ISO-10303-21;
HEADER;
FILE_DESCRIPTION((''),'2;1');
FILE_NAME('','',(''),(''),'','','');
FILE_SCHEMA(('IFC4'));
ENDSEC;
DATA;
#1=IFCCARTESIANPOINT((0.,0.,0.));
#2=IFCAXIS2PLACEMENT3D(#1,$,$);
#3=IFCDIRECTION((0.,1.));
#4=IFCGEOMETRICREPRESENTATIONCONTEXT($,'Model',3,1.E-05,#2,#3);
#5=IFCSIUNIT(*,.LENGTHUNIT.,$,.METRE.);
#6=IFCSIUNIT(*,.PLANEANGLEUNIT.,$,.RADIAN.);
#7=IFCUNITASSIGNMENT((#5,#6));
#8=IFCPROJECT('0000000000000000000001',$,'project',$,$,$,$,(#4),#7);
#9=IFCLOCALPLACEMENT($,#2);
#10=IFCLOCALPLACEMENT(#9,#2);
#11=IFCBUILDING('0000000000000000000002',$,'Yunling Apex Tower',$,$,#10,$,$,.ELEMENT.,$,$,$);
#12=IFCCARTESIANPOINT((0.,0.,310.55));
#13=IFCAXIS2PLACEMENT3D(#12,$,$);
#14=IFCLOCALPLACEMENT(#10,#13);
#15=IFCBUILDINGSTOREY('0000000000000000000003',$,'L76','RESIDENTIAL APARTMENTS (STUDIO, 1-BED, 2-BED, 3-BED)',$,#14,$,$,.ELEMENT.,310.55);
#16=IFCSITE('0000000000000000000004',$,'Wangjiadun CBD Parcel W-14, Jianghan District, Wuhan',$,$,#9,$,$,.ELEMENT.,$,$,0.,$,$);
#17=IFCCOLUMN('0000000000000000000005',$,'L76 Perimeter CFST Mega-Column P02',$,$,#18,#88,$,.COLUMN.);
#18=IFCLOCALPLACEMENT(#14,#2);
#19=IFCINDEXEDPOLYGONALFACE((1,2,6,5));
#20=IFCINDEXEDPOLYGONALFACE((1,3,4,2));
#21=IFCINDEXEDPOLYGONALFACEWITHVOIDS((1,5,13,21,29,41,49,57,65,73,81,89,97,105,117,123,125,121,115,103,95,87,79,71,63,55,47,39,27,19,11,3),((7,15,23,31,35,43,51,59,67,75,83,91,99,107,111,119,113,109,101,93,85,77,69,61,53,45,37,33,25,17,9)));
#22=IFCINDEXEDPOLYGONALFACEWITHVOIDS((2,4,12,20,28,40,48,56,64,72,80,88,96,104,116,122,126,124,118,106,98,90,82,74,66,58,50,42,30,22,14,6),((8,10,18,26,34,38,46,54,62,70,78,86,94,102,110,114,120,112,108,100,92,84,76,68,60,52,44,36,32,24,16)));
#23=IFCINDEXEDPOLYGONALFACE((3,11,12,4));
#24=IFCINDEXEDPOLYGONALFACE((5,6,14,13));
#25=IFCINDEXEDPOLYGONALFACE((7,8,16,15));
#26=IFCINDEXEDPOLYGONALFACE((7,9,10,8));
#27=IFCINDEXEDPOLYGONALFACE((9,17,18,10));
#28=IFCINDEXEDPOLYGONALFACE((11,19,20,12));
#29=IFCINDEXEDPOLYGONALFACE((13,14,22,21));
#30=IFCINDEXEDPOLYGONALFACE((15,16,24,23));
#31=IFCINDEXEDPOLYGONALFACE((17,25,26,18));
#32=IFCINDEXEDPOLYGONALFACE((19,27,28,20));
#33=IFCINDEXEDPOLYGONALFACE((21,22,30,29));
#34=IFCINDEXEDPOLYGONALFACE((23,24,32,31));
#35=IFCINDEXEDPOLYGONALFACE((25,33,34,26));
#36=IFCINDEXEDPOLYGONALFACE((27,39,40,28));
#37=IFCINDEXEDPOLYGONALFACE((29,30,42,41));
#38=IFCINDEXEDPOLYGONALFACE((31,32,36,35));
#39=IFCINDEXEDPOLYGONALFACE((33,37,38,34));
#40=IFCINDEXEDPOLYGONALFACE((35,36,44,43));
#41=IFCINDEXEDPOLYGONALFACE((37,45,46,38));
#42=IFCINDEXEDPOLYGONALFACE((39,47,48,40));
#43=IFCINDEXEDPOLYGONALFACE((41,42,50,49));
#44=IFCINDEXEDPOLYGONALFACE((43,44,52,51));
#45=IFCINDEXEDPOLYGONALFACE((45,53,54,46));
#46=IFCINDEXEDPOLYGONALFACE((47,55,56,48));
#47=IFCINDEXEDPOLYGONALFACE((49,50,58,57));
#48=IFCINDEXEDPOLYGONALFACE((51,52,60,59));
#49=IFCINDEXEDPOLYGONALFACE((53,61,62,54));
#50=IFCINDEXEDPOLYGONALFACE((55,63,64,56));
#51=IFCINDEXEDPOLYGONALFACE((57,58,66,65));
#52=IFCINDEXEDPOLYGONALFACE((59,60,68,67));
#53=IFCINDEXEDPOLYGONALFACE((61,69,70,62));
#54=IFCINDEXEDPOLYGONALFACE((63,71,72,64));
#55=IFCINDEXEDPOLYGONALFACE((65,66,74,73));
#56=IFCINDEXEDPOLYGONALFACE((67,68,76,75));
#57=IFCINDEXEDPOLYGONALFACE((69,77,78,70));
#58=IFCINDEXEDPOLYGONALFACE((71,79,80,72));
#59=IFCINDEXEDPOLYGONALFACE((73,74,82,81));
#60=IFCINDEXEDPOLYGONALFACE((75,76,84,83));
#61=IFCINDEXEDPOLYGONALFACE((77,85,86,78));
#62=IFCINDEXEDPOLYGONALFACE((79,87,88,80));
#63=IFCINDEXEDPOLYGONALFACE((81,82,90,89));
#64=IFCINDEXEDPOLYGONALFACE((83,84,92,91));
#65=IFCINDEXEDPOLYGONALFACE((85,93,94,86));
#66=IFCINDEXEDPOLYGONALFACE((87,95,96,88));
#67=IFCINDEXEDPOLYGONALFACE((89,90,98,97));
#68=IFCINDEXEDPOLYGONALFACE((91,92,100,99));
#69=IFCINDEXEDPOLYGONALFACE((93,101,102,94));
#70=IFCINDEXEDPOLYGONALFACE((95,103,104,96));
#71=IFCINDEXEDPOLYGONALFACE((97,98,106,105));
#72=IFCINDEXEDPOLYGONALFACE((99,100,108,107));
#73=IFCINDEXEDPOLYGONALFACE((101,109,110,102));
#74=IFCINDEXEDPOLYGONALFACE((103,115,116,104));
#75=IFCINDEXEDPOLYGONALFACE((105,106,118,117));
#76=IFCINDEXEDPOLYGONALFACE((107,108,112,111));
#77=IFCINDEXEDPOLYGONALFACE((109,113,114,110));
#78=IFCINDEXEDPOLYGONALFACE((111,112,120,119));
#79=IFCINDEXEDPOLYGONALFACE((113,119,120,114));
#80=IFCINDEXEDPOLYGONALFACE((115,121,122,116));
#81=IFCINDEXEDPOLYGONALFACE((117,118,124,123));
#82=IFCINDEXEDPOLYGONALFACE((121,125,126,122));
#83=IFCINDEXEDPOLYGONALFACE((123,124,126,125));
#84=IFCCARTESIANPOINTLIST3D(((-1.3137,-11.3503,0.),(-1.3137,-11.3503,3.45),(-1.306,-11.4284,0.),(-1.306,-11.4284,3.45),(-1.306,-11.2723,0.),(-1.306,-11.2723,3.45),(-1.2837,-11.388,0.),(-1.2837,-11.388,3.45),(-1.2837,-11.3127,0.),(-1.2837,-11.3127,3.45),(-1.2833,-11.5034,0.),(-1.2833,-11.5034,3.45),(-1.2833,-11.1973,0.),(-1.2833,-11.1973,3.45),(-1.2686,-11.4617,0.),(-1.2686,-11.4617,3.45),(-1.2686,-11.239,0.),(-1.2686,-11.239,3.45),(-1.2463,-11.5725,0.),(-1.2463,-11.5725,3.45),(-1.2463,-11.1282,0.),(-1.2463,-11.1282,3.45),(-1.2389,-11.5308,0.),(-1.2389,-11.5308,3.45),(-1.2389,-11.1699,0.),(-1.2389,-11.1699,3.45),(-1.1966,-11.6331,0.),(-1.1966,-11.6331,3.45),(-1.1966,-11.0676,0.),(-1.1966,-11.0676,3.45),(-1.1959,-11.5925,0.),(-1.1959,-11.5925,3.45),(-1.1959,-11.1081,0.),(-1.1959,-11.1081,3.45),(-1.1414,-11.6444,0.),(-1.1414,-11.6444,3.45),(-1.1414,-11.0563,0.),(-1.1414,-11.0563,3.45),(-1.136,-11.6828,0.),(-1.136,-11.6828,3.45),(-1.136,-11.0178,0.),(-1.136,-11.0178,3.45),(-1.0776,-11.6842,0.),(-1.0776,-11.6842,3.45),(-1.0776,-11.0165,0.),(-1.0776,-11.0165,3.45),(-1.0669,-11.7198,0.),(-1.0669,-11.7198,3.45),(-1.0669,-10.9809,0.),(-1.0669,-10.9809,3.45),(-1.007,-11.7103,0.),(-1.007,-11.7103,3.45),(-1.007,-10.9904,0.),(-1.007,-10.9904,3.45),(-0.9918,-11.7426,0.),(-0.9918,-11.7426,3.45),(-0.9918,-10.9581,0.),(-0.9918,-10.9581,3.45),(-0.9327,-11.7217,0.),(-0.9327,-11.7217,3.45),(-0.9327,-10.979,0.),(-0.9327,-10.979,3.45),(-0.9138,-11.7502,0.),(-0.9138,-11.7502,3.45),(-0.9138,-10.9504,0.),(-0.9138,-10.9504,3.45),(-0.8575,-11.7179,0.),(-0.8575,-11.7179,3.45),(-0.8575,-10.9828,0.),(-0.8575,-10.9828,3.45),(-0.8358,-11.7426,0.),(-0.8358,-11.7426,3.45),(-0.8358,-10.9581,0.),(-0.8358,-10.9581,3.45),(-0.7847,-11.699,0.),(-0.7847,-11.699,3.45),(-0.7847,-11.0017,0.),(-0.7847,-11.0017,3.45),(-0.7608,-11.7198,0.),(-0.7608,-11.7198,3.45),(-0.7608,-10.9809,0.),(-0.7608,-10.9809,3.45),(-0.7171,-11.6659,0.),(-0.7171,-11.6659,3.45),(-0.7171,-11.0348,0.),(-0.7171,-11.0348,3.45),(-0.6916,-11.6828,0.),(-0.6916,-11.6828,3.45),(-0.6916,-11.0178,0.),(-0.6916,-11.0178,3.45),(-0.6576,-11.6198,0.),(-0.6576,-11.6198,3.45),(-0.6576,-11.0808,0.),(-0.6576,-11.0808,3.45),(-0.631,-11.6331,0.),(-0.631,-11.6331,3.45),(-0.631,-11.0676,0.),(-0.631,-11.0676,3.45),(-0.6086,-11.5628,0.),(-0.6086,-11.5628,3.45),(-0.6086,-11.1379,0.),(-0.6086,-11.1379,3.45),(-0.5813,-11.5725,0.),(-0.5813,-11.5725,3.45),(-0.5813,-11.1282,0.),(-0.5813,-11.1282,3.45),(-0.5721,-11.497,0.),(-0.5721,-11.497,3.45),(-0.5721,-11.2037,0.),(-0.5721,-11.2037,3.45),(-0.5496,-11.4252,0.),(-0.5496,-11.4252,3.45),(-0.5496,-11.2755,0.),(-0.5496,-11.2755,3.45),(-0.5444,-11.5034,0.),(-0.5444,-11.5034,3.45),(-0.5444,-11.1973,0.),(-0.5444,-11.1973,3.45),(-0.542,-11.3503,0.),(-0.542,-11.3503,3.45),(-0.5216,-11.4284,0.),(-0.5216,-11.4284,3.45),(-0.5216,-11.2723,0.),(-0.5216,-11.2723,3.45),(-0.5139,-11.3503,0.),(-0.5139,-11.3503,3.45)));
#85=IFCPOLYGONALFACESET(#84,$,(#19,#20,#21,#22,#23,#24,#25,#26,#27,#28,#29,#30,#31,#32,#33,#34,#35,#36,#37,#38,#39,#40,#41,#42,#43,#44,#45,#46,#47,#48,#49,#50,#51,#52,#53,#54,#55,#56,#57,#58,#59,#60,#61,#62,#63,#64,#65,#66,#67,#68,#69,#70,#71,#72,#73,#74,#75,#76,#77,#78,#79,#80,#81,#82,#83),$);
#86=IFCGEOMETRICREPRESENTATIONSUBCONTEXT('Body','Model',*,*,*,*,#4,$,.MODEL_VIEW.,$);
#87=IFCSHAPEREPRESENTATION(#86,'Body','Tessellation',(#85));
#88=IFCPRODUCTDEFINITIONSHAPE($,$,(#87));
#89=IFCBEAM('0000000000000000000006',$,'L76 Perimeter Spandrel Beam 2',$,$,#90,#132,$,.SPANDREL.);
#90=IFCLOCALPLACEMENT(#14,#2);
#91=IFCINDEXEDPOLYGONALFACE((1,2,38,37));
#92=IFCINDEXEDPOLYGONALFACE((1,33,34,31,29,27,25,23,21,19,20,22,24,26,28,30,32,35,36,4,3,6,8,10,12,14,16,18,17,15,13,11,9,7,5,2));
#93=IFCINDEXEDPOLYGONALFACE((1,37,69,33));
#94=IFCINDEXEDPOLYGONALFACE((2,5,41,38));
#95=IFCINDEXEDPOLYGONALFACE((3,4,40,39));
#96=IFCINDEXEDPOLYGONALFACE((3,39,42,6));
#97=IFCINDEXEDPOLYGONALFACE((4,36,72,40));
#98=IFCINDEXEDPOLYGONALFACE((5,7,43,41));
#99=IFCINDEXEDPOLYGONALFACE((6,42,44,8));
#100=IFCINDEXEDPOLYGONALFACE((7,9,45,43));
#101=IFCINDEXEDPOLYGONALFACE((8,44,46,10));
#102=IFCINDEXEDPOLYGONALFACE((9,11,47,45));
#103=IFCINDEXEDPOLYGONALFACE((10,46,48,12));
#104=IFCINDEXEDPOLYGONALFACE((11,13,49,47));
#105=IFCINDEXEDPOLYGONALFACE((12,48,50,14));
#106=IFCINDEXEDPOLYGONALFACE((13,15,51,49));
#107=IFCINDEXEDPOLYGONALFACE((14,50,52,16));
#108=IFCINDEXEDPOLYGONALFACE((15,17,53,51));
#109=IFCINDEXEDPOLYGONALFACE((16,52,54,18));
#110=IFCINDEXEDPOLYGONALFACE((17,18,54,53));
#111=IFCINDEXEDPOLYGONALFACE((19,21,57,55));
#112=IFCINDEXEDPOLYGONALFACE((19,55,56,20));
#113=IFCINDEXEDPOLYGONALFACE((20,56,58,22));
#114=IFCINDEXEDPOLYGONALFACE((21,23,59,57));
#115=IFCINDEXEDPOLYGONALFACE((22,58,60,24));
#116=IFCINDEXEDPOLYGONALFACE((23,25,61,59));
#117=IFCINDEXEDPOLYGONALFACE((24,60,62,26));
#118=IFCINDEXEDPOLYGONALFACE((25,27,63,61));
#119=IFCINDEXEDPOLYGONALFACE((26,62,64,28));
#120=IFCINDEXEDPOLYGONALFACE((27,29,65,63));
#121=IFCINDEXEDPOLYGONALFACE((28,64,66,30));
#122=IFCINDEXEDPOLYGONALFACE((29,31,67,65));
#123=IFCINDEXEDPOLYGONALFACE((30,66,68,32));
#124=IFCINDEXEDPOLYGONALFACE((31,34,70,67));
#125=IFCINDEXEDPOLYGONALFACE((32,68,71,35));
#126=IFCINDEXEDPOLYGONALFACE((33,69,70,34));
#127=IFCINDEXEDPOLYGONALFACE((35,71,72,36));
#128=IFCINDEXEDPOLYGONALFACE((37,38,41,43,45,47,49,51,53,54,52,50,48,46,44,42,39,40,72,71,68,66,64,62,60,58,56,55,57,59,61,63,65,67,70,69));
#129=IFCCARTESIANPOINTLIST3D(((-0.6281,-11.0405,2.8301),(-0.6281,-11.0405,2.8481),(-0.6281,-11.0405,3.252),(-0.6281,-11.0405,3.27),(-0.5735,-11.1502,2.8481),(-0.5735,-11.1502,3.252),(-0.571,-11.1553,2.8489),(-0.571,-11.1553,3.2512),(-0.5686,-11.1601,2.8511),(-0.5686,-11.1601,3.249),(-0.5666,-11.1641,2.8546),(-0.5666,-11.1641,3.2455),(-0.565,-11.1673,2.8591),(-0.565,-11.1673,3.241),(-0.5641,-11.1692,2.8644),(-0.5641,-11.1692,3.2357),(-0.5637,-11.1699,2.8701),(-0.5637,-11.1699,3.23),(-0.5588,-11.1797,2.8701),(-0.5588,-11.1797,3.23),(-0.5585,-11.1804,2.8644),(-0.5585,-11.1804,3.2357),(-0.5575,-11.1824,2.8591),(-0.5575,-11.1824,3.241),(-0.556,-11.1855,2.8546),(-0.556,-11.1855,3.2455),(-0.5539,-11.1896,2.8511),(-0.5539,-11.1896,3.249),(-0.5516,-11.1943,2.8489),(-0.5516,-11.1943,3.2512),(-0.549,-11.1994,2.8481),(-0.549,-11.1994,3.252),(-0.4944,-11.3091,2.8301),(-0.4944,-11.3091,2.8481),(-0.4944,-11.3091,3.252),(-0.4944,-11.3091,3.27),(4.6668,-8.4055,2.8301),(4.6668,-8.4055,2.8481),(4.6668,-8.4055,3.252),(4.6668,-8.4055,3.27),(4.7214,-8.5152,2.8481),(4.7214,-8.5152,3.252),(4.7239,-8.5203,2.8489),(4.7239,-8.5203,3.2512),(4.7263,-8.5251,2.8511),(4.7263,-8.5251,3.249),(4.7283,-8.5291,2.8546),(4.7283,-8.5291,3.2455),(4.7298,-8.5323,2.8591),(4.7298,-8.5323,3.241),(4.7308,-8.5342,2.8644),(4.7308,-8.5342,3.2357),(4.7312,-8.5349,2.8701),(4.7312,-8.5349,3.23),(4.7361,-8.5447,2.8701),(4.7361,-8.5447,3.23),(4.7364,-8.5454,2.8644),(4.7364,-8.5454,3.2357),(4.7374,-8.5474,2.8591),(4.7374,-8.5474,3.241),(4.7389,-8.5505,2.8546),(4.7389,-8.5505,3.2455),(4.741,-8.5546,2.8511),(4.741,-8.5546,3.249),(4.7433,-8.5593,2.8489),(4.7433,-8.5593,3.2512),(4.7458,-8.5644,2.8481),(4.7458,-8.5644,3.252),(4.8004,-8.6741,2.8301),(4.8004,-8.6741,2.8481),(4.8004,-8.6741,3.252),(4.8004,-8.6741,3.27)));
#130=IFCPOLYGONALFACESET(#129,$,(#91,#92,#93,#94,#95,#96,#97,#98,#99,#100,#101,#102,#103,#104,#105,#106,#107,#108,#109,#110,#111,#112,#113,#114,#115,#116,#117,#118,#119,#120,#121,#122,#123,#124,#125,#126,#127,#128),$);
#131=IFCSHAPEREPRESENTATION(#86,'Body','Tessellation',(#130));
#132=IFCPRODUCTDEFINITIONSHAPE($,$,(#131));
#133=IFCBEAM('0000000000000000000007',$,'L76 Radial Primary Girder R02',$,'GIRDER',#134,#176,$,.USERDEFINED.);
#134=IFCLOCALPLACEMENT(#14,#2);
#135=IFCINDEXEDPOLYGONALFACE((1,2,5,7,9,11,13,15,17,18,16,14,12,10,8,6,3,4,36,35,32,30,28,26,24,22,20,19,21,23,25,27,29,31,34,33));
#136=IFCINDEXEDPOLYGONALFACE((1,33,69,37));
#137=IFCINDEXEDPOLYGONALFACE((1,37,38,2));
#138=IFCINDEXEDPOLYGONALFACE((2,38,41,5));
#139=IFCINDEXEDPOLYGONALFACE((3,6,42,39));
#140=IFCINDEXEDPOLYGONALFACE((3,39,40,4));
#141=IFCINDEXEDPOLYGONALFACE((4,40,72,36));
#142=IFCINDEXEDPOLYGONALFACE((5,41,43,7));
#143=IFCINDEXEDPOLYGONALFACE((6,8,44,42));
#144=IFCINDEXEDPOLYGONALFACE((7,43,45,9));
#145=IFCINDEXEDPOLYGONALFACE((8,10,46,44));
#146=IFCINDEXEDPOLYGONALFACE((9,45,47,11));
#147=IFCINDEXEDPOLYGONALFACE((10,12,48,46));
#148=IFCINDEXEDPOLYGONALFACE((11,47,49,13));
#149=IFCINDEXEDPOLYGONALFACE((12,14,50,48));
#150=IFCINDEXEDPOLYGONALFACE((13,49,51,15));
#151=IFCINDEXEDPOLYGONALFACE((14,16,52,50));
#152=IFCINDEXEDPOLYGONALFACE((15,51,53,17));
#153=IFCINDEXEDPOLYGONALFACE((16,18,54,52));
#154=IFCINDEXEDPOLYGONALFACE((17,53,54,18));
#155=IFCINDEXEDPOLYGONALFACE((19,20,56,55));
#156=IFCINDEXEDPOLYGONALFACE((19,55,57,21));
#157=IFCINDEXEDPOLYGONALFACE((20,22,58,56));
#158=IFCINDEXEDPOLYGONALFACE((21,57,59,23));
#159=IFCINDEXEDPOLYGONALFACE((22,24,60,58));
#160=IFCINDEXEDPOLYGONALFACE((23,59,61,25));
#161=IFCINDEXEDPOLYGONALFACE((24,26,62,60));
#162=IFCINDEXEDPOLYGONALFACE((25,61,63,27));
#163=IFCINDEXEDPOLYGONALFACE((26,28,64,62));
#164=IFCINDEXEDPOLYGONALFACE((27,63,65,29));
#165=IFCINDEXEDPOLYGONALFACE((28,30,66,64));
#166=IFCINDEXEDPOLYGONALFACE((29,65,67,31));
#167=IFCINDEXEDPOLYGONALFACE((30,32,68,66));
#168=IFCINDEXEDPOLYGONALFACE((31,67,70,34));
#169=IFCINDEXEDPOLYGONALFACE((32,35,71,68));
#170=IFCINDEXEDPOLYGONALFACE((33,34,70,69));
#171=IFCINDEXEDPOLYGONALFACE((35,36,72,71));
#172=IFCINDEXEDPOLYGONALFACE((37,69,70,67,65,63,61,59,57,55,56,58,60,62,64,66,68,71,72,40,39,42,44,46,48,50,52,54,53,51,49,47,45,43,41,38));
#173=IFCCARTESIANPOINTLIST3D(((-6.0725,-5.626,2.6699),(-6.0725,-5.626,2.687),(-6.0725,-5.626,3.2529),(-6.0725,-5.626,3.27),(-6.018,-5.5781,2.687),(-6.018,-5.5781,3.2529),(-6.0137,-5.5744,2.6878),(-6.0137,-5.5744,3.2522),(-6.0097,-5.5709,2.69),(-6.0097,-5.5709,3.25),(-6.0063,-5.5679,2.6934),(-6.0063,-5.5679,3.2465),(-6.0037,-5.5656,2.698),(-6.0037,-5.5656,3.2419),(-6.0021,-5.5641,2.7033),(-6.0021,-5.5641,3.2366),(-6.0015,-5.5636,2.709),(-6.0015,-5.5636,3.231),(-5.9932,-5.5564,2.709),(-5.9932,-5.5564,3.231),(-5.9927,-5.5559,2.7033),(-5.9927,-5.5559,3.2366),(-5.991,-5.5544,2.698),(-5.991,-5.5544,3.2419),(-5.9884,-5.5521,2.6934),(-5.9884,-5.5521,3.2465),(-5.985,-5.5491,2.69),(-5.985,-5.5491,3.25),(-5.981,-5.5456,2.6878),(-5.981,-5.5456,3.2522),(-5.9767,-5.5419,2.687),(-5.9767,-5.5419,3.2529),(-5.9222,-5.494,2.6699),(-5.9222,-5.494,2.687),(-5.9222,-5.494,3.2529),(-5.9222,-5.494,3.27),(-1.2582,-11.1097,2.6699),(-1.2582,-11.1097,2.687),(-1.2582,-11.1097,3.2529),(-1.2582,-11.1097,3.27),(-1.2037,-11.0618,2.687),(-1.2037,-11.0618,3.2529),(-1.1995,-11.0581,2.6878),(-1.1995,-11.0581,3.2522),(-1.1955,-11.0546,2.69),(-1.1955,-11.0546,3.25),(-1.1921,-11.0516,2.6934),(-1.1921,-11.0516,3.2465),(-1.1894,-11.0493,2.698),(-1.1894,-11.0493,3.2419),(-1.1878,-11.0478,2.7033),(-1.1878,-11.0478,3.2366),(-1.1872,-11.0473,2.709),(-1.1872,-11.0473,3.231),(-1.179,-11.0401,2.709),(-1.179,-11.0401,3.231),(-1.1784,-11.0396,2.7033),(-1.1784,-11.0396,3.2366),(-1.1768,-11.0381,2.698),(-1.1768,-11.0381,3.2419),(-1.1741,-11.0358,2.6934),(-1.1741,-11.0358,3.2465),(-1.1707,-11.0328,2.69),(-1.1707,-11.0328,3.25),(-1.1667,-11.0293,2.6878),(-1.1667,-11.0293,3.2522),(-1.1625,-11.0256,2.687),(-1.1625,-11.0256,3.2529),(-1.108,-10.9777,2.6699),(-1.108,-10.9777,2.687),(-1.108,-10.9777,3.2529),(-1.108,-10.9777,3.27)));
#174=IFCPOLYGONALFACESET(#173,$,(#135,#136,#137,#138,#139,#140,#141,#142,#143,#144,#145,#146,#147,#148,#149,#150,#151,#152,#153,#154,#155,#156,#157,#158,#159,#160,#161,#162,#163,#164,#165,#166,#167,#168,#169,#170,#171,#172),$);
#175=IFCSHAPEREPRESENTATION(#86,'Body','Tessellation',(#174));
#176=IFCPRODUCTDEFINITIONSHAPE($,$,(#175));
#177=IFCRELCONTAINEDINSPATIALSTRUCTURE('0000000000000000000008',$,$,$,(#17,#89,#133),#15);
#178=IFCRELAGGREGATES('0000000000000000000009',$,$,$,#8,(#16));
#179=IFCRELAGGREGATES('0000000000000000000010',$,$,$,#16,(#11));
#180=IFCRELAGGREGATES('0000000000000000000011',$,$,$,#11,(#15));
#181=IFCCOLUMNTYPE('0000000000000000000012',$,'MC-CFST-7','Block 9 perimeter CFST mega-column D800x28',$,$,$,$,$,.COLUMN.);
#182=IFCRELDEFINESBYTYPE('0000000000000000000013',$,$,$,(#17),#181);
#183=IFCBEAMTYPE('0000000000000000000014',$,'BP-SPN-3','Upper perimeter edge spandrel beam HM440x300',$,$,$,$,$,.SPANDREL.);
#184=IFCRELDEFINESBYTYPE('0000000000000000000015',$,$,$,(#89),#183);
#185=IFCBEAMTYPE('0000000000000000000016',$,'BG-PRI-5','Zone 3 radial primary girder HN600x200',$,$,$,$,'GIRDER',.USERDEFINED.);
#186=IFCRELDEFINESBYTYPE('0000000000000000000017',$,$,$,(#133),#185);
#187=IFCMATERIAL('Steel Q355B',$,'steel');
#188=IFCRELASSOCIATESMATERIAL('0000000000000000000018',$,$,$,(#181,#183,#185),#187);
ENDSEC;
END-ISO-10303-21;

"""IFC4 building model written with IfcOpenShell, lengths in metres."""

from ifc_helpers import new_model, si_unit, direction, frame, origin, origin_2d, place, context, subcontext, project, spatial, hollow_circle, i_section, extrude, source, transform, mapped, material, material_profile, profile_set, type_object, element, save


model = new_model("IFC4")

# Units and contexts
model_context = context("Model", 3, precision=1e-05, world=origin(), true_north=direction((0.0, 1.0)))
body_context = subcontext(model_context, "Body", "Model", "MODEL_VIEW")
ifc_project = project(units=[si_unit("LENGTHUNIT", "METRE"), si_unit("PLANEANGLEUNIT", "RADIAN")], contexts=[model_context])

# Site, building, storey
site_placement = place(None, origin())
site = spatial("IfcSite", under=ifc_project, at=site_placement, Name="Wangjiadun CBD Parcel W-14, Jianghan District, Wuhan", CompositionType="ELEMENT", RefElevation=0.0)
building_placement = place(site_placement, origin())
building = spatial("IfcBuilding", under=site, at=building_placement, Name="Yunling Apex Tower", CompositionType="ELEMENT")
storey_placement = place(building_placement, frame((0.0, 0.0, 310.55)))
storey = spatial("IfcBuildingStorey", under=building, at=storey_placement, Name="L76", Description="RESIDENTIAL APARTMENTS (STUDIO, 1-BED, 2-BED, 3-BED)", CompositionType="ELEMENT", Elevation=310.55)

# Column
ifc_material_1 = material(Name="Steel Q355B", Category="steel")
ifc_material_profile_1 = material_profile(ifc_material_1, hollow_circle(Radius=0.3999, WallThickness=0.0281, at=origin_2d()))
ifc_profile_set_1 = profile_set([ifc_material_profile_1], Name="Steel Q355B")
column_type = type_object("IfcColumnType", Name="MC-CFST-7", Description="Block 9 perimeter CFST mega-column D800x28", PredefinedType="COLUMN", material=ifc_profile_set_1)
shared_shape_1 = source(origin(), body_context, "Body", "SweptSolid", [
    extrude(hollow_circle(Radius=0.3999, WallThickness=0.0281, at=origin_2d()), origin(), (0.0, 0.0, 1.0), 3.45),
])
column_placement = place(storey_placement, frame((-0.9138, -11.3503, 0.0), z_axis=(0.0, 0.0, 1.0), x_axis=(1.0, 0.0, 0.0)))
element("IfcColumn", 1, at=column_placement, inside=storey, type_object=column_type, Name="L76 Perimeter CFST Mega-Column P02", PredefinedType="COLUMN", context=body_context, shape_type="MappedRepresentation", body=[
    mapped(shared_shape_1, transform((0.0, 0.0, 0.0), scale=1.0)),
])

# Beams
ifc_material_profile_2 = material_profile(ifc_material_1, i_section(OverallWidth=0.3, OverallDepth=0.4399, WebThickness=0.011, FlangeThickness=0.0181, FilletRadius=0.022, at=origin_2d()))
ifc_profile_set_2 = profile_set([ifc_material_profile_2], Name="Steel Q355B")
beam_type_1 = type_object("IfcBeamType", Name="BP-SPN-3", Description="Upper perimeter edge spandrel beam HM440x300", PredefinedType="SPANDREL", material=ifc_profile_set_2)
shared_shape_2 = source(origin(), body_context, "Body", "SweptSolid", [
    extrude(i_section(OverallWidth=0.3, OverallDepth=0.4399, WebThickness=0.011, FlangeThickness=0.0181, FilletRadius=0.022, at=origin_2d()), origin(), (0.0, 0.0, 1.0), 5.9143),
])
beam_1_placement = place(storey_placement, frame((-0.5613, -11.1748, 3.05), z_axis=(0.895268, 0.445529, 0.0), x_axis=(-0.445529, 0.895268, 0.0)))
element("IfcBeam", 2, at=beam_1_placement, inside=storey, type_object=beam_type_1, Name="L76 Perimeter Spandrel Beam 2", PredefinedType="SPANDREL", context=body_context, shape_type="MappedRepresentation", body=[
    mapped(shared_shape_2, transform((0.0, 0.0, 0.0), scale=1.0)),
])
ifc_material_profile_3 = material_profile(ifc_material_1, i_section(OverallWidth=0.2, OverallDepth=0.6001, WebThickness=0.011, FlangeThickness=0.0171, FilletRadius=0.022, at=origin_2d()))
ifc_profile_set_3 = profile_set([ifc_material_profile_3], Name="Steel Q355B")
beam_type_2 = type_object("IfcBeamType", Name="BG-PRI-5", Description="Zone 3 radial primary girder HN600x200", ElementType="GIRDER", PredefinedType="USERDEFINED", material=ifc_profile_set_3)
shared_shape_3 = source(origin(), body_context, "Body", "SweptSolid", [
    extrude(i_section(OverallWidth=0.2, OverallDepth=0.6001, WebThickness=0.011, FlangeThickness=0.0171, FilletRadius=0.022, at=origin_2d()), origin(), (0.0, 0.0, 1.0), 7.2971),
])
beam_2_placement = place(storey_placement, frame((-1.1831, -11.0437, 2.97), z_axis=(-0.659747, 0.751488, 0.0), x_axis=(-0.751488, -0.659747, 0.0)))
element("IfcBeam", 3, at=beam_2_placement, inside=storey, type_object=beam_type_2, Name="L76 Radial Primary Girder R02", ObjectType="GIRDER", PredefinedType="USERDEFINED", context=body_context, shape_type="MappedRepresentation", body=[
    mapped(shared_shape_3, transform((0.0, 0.0, 0.0), scale=1.0)),
])

save(model, "model.ifc")
